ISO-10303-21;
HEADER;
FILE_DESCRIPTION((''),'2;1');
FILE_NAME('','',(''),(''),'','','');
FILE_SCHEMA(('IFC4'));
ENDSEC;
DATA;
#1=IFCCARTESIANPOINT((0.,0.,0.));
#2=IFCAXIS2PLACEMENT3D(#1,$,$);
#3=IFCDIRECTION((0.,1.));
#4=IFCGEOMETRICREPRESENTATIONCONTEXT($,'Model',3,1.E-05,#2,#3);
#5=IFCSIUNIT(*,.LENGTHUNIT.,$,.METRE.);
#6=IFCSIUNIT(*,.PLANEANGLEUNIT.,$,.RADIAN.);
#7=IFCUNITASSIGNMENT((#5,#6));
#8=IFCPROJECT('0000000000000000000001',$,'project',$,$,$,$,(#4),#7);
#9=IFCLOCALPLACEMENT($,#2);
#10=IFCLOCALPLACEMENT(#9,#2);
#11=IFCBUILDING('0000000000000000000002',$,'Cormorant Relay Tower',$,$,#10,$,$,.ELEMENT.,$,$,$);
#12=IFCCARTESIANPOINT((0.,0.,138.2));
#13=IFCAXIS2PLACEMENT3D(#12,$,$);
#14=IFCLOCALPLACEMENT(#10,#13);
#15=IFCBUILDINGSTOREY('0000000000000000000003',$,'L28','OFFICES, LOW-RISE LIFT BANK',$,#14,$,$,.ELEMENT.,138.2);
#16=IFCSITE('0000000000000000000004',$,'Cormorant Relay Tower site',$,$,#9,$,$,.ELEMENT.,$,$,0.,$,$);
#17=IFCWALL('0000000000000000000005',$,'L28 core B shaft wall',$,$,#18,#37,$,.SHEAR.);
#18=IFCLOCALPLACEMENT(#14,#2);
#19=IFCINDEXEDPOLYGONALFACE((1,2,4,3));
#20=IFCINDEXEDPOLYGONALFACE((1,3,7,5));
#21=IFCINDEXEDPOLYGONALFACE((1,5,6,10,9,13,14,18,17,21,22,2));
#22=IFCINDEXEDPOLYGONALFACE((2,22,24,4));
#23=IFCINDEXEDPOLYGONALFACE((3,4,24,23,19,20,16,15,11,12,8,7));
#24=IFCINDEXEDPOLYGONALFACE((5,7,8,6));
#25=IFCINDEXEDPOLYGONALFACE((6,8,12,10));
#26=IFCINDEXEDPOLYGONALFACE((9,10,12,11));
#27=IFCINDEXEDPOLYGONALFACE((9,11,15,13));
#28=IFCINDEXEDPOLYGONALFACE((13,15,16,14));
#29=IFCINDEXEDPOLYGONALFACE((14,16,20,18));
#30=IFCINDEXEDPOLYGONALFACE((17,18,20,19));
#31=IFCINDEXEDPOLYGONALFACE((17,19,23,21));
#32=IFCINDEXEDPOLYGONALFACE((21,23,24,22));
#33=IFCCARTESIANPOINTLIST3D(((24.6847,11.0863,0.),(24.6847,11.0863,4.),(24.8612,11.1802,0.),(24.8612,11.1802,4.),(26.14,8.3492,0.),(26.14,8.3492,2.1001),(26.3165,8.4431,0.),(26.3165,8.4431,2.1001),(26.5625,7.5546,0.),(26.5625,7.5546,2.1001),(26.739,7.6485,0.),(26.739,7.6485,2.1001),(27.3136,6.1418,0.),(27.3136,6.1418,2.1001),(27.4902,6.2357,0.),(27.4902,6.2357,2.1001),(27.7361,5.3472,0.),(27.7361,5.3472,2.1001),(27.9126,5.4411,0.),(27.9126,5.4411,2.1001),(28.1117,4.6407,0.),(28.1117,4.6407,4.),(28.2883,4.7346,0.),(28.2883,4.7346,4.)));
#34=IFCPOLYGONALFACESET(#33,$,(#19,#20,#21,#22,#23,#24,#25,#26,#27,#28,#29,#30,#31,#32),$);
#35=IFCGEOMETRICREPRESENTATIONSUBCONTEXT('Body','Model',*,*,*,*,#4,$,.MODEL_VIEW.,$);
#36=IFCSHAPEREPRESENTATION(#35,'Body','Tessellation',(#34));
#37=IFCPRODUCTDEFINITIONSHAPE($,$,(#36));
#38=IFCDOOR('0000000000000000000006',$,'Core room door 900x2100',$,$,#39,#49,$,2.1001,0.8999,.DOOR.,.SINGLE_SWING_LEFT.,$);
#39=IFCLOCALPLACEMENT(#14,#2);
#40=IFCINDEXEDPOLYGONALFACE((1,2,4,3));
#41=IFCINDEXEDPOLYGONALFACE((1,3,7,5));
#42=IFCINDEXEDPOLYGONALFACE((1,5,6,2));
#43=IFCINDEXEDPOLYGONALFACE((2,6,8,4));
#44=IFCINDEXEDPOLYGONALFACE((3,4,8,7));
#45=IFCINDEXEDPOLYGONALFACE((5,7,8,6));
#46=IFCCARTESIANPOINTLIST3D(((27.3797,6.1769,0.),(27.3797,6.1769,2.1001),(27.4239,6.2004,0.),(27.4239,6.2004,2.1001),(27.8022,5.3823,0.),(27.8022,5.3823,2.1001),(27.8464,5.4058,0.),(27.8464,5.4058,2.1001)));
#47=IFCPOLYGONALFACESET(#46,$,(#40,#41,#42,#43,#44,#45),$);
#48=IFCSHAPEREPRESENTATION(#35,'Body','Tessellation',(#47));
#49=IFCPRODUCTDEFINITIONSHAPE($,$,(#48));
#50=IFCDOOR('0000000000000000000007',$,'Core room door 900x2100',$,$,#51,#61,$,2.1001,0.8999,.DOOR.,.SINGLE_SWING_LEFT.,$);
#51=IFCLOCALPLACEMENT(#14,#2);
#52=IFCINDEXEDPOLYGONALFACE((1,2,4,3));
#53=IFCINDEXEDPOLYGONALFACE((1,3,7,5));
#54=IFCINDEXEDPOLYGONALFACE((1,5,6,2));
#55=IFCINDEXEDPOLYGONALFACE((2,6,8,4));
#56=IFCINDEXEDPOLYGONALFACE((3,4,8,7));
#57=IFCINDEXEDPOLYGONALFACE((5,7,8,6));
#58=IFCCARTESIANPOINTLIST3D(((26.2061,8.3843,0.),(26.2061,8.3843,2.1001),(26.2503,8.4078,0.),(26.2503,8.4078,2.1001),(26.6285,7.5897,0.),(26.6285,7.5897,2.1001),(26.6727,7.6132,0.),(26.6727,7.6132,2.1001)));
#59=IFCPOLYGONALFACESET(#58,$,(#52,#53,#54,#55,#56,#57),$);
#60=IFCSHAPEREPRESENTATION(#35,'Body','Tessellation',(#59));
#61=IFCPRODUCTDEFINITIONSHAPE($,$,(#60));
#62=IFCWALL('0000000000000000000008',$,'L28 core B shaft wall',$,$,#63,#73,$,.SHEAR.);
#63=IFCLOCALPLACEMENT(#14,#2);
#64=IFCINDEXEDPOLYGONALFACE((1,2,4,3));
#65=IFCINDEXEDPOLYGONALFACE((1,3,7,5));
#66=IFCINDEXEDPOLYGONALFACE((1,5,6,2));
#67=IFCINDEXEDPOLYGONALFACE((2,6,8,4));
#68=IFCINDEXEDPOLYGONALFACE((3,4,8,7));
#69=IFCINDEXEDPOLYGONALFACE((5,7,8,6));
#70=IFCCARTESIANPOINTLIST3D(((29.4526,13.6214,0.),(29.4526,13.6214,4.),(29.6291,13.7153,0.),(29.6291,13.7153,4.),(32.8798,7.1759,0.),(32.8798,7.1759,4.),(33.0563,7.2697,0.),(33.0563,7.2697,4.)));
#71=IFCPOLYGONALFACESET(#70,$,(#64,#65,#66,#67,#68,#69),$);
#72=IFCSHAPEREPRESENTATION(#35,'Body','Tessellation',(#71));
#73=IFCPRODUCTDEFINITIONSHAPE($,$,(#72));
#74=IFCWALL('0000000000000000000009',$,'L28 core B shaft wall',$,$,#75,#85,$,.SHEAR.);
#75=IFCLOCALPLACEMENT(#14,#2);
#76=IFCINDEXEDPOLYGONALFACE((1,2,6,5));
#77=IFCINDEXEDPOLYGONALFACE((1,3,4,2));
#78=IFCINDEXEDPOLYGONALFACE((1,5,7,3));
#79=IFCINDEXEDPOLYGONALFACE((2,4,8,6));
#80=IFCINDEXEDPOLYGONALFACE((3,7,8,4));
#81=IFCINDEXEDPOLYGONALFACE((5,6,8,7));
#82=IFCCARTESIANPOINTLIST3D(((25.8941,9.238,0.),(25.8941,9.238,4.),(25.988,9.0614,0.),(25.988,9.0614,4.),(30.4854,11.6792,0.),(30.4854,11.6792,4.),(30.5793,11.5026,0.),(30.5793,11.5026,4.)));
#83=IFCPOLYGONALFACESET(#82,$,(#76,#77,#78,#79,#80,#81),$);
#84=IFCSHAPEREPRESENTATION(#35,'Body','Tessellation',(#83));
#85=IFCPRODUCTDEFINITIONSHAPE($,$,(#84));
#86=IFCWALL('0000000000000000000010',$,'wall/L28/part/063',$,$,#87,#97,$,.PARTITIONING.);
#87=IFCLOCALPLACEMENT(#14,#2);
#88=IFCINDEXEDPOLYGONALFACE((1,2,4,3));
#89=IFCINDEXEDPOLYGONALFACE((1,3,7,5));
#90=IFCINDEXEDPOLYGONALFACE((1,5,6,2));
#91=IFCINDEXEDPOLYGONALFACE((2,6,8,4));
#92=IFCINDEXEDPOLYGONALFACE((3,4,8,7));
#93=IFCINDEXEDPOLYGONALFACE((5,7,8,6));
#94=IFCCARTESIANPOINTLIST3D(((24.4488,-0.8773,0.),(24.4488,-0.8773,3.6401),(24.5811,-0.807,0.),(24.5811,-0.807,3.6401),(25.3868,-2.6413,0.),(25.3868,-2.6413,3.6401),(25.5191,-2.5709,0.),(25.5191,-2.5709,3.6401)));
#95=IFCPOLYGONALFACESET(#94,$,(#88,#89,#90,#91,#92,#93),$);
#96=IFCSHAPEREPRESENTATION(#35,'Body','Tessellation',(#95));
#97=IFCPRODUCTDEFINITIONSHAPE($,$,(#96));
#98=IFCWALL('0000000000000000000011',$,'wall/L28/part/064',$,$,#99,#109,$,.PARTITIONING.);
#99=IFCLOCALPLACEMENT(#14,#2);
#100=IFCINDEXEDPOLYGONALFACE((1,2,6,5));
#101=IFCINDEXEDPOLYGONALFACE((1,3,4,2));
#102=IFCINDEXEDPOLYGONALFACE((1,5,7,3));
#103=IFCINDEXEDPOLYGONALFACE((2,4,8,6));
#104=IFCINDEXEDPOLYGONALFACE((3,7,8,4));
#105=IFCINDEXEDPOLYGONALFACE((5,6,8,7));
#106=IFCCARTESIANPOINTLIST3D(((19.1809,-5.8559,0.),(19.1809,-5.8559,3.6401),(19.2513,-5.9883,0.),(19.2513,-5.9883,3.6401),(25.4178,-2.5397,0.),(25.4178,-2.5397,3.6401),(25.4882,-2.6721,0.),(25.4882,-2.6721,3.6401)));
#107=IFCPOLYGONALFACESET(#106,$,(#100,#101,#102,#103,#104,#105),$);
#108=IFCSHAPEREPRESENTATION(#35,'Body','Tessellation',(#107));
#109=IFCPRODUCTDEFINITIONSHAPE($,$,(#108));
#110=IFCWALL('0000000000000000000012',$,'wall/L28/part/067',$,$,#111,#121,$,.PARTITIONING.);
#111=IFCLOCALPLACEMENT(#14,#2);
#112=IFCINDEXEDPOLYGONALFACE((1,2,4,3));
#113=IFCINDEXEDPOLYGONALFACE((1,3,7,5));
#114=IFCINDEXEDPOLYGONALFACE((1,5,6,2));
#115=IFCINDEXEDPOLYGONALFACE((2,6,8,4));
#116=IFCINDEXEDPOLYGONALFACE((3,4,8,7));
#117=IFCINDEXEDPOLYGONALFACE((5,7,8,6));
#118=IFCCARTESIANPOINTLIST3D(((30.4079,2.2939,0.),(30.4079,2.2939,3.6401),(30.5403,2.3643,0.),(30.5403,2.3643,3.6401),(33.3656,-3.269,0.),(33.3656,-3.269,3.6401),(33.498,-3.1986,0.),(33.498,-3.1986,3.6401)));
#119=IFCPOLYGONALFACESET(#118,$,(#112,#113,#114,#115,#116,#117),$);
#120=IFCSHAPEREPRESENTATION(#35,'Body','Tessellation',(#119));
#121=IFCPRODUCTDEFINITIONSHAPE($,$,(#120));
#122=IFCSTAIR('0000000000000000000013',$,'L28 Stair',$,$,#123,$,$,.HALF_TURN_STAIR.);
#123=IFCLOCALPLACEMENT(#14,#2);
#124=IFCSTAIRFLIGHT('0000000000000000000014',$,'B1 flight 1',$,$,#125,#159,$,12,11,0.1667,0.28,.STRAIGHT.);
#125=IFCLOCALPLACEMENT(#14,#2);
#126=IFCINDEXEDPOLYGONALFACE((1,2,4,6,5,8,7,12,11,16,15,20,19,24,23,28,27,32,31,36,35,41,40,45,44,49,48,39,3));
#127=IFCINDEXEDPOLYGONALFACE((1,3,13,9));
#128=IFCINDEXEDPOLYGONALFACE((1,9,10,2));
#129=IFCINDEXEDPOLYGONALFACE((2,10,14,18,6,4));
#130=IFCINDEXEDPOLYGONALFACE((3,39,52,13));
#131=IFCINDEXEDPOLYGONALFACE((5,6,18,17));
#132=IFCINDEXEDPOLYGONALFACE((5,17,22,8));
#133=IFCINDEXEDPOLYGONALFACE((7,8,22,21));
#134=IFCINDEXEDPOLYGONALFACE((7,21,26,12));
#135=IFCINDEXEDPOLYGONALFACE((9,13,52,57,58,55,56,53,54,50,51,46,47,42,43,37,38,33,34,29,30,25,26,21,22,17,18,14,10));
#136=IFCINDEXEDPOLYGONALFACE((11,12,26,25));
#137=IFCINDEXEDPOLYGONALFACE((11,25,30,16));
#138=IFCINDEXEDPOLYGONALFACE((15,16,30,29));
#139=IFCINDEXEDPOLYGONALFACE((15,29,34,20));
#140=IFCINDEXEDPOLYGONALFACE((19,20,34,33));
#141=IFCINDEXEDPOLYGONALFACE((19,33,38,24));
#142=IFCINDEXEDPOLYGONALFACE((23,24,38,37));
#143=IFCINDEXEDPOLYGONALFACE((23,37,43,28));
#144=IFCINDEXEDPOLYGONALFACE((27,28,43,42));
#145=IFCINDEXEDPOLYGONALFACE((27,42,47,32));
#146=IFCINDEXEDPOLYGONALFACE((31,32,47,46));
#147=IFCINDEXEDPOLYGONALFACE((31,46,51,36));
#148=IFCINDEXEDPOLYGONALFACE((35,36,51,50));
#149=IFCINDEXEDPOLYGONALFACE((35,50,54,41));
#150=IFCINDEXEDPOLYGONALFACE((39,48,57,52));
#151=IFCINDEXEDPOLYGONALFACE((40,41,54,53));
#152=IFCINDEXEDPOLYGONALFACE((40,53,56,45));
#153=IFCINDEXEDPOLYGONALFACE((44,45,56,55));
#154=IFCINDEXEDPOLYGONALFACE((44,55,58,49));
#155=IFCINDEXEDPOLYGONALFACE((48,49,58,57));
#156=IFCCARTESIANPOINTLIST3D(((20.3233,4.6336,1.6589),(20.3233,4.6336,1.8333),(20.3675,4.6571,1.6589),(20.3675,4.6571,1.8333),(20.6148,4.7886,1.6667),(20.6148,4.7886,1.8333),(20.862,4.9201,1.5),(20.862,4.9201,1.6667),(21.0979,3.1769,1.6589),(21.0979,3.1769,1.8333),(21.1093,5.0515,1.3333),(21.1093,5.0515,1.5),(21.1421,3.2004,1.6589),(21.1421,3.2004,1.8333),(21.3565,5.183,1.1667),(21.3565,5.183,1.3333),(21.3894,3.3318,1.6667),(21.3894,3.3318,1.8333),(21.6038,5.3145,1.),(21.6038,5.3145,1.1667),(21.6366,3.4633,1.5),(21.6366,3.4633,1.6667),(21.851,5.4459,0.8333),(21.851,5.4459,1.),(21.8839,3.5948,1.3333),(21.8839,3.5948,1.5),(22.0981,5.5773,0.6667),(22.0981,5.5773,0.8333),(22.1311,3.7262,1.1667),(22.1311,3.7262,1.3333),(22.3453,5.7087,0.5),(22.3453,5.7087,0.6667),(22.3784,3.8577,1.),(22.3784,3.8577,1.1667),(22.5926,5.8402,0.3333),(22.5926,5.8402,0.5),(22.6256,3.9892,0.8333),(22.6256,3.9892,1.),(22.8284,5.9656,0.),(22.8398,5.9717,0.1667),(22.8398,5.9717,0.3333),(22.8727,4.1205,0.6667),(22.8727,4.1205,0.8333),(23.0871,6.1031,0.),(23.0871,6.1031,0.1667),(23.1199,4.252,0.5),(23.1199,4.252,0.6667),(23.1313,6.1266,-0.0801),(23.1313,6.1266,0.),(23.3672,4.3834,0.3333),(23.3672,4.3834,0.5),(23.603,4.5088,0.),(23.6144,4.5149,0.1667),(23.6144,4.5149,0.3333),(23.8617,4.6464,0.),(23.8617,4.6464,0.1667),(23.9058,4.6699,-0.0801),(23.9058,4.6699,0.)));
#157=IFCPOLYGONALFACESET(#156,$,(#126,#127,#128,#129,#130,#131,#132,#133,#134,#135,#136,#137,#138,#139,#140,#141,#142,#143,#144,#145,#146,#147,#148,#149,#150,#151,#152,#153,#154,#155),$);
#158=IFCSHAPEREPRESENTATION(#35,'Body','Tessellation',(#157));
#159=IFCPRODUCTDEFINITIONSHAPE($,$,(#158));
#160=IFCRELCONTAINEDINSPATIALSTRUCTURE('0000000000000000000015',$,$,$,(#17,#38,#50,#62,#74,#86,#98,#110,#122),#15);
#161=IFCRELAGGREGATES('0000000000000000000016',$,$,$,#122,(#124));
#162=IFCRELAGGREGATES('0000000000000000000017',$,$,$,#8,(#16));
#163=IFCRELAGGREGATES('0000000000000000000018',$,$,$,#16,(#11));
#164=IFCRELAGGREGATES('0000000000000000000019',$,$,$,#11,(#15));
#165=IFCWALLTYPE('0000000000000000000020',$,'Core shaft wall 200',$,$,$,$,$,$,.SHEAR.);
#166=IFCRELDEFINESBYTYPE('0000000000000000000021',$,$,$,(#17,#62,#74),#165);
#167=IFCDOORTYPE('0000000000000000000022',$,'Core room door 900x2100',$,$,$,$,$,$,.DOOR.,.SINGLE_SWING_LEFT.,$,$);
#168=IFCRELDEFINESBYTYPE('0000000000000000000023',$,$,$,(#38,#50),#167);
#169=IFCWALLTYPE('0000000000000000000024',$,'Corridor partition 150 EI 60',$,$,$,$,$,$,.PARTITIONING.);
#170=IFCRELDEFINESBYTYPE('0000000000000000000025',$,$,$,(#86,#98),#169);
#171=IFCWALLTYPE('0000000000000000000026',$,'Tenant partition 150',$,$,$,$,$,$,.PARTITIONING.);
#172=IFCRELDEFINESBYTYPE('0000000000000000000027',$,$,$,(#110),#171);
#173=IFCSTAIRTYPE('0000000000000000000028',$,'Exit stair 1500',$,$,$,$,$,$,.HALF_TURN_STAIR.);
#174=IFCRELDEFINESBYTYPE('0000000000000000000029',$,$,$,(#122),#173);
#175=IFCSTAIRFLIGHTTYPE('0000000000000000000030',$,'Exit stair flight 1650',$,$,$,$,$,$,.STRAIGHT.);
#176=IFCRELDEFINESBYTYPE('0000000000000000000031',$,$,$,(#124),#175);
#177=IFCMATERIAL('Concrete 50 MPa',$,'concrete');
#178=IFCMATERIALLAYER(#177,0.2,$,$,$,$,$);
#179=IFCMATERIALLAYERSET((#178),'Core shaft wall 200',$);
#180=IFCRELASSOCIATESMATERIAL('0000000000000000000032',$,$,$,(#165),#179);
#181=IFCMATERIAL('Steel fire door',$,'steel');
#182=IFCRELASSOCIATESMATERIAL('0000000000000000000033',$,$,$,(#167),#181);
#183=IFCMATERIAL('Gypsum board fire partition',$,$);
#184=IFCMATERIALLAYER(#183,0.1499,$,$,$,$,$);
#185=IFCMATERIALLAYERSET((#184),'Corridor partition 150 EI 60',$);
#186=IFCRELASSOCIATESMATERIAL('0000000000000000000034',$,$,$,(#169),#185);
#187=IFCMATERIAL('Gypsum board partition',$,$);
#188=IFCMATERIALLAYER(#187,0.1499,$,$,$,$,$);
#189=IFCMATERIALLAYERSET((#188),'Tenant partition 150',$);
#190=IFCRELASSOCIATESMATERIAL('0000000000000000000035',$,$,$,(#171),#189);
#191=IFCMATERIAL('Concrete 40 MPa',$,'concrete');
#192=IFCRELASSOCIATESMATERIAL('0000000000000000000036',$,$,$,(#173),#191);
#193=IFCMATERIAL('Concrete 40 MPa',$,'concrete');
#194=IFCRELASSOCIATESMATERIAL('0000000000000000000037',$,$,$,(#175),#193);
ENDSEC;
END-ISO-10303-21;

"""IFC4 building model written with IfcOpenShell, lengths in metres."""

from ifc_helpers import new_model, si_unit, direction, frame, frame_2d, origin, place, context, subcontext, project, spatial, polyline, rectangle, outline, extrude, material, layer, layer_set, type_object, element, fill, aggregate, save


model = new_model("IFC4")

# Units and contexts
model_context = context("Model", 3, precision=1e-05, world=origin(), true_north=direction((0.0, 1.0)))
body_context = subcontext(model_context, "Body", "Model", "MODEL_VIEW")
ifc_project = project(units=[si_unit("LENGTHUNIT", "METRE"), si_unit("PLANEANGLEUNIT", "RADIAN")], contexts=[model_context])

# Site, building, storey
site_placement = place(None, origin())
site = spatial("IfcSite", under=ifc_project, at=site_placement, Name="Cormorant Relay Tower site", CompositionType="ELEMENT", RefElevation=0.0)
building_placement = place(site_placement, origin())
building = spatial("IfcBuilding", under=site, at=building_placement, Name="Cormorant Relay Tower", CompositionType="ELEMENT")
storey_placement = place(building_placement, frame((0.0, 0.0, 138.2)))
storey = spatial("IfcBuildingStorey", under=building, at=storey_placement, Name="L28", Description="OFFICES, LOW-RISE LIFT BANK", CompositionType="ELEMENT", Elevation=138.2)

# Shared definitions
ifc_material_1 = material(Name="Concrete 50 MPa", Category="concrete")
ifc_layer_1 = layer(ifc_material_1, 0.2)
ifc_layer_set_1 = layer_set([ifc_layer_1], Name="Core shaft wall 200")
wall_type_1 = type_object("IfcWallType", Name="Core shaft wall 200", PredefinedType="SHEAR", material=ifc_layer_set_1)

# Wall, openings, doors
wall_1_placement = place(storey_placement, frame((28.2, 4.6877, 0.0), z_axis=(0.0, 0.0, 1.0), x_axis=(-0.469454, 0.882957, 0.0)))
wall_1 = element("IfcWall", 1, at=wall_1_placement, inside=storey, type_object=wall_type_1, Name="L28 core B shaft wall", PredefinedType="SHEAR", context=body_context, shape_type="SweptSolid", body=[
    extrude(rectangle(XDim=7.3, YDim=0.2, at=frame_2d((3.6499, 0.0))), origin(), (0.0, 0.0, 1.0), 4.0),
])
opening_1_placement = place(wall_1_placement, frame((0.8, 0.0, 0.0)))
opening_1 = element("IfcOpeningElement", 2, at=opening_1_placement, cuts=wall_1, PredefinedType="OPENING", context=body_context, shape_type="SweptSolid", body=[
    extrude(rectangle(XDim=0.8999, YDim=2.1001, at=frame_2d((0.45, 1.05))), frame((0.0, 0.1099, 0.0), z_axis=(0.0, -1.0, 0.0), x_axis=(1.0, 0.0, 0.0)), (0.0, 0.0, 1.0), 0.22),
])
opening_2_placement = place(wall_1_placement, frame((3.3, 0.0, 0.0)))
opening_2 = element("IfcOpeningElement", 3, at=opening_2_placement, cuts=wall_1, PredefinedType="OPENING", context=body_context, shape_type="SweptSolid", body=[
    extrude(rectangle(XDim=0.8999, YDim=2.1001, at=frame_2d((0.45, 1.05))), frame((0.0, 0.1099, 0.0), z_axis=(0.0, -1.0, 0.0), x_axis=(1.0, 0.0, 0.0)), (0.0, 0.0, 1.0), 0.22),
])
ifc_material_2 = material(Name="Steel fire door", Category="steel")
door_type_1 = type_object("IfcDoorType", Name="Core room door 900x2100", OperationType="SINGLE_SWING_LEFT", PredefinedType="DOOR", material=ifc_material_2)
door_1_placement = place(opening_1_placement, frame((0.8999, 0.0, 0.0), z_axis=(0.0, 0.0, 1.0), x_axis=(-1.0, 0.0, 0.0)))
door_1 = element("IfcDoor", 4, at=door_1_placement, inside=storey, type_object=door_type_1, Name="Core room door 900x2100", OperationType="SINGLE_SWING_LEFT", OverallHeight=2.1001, OverallWidth=0.8999, PredefinedType="DOOR", context=body_context, shape_type="SweptSolid", body=[
    extrude(rectangle(XDim=0.8999, YDim=2.1001, at=frame_2d((0.45, 1.05))), frame((0.0, 0.0249, 0.0), z_axis=(0.0, -1.0, 0.0), x_axis=(1.0, 0.0, 0.0)), (0.0, 0.0, 1.0), 0.05),
])
fill(opening_1, door_1)
door_2_placement = place(opening_2_placement, frame((0.8999, 0.0, 0.0), z_axis=(0.0, 0.0, 1.0), x_axis=(-1.0, 0.0, 0.0)))
door_2 = element("IfcDoor", 5, at=door_2_placement, inside=storey, type_object=door_type_1, Name="Core room door 900x2100", OperationType="SINGLE_SWING_LEFT", OverallHeight=2.1001, OverallWidth=0.8999, PredefinedType="DOOR", context=body_context, shape_type="SweptSolid", body=[
    extrude(rectangle(XDim=0.8999, YDim=2.1001, at=frame_2d((0.45, 1.05))), frame((0.0, 0.0249, 0.0), z_axis=(0.0, -1.0, 0.0), x_axis=(1.0, 0.0, 0.0)), (0.0, 0.0, 1.0), 0.05),
])
fill(opening_2, door_2)

# Wall
wall_2_placement = place(storey_placement, frame((32.968, 7.2229, 0.0), z_axis=(0.0, 0.0, 1.0), x_axis=(-0.46948, 0.882943, 0.0)))
element("IfcWall", 6, at=wall_2_placement, inside=storey, type_object=wall_type_1, Name="L28 core B shaft wall", PredefinedType="SHEAR", context=body_context, shape_type="SweptSolid", body=[
    extrude(rectangle(XDim=7.3, YDim=0.2, at=frame_2d((3.6499, 0.0))), origin(), (0.0, 0.0, 1.0), 4.0),
])

# Walls
wall_3_placement = place(storey_placement, frame((25.9409, 9.1497, 0.0), z_axis=(0.0, 0.0, 1.0), x_axis=(0.882954, 0.46946, 0.0)))
element("IfcWall", 7, at=wall_3_placement, inside=storey, type_object=wall_type_1, Name="L28 core B shaft wall", PredefinedType="SHEAR", context=body_context, shape_type="SweptSolid", body=[
    extrude(rectangle(XDim=5.2, YDim=0.2, at=frame_2d((2.6001, 0.0))), origin(), (0.0, 0.0, 1.0), 4.0),
])
ifc_material_3 = material(Name="Gypsum board fire partition")
ifc_layer_2 = layer(ifc_material_3, 0.1499)
ifc_layer_set_2 = layer_set([ifc_layer_2], Name="Corridor partition 150 EI 60")
wall_type_2 = type_object("IfcWallType", Name="Corridor partition 150 EI 60", PredefinedType="PARTITIONING", material=ifc_layer_set_2)
wall_4_placement = place(storey_placement, frame((24.5149, -0.842, 0.0), z_axis=(0.0, 0.0, 1.0), x_axis=(0.46951, -0.882927, 0.0)))
element("IfcWall", 8, at=wall_4_placement, inside=storey, type_object=wall_type_2, Name="wall/L28/part/063", PredefinedType="PARTITIONING", context=body_context, shape_type="SweptSolid", body=[
    extrude(rectangle(XDim=1.9978, YDim=0.1499, at=frame_2d((0.999, 0.0))), origin(), (0.0, 0.0, 1.0), 3.6401),
])
wall_5_placement = place(storey_placement, frame((25.4529, -2.606, 0.0), z_axis=(0.0, 0.0, 1.0), x_axis=(-0.882948, -0.46947, 0.0)))
element("IfcWall", 9, at=wall_5_placement, inside=storey, type_object=wall_type_2, Name="wall/L28/part/064", PredefinedType="PARTITIONING", context=body_context, shape_type="SweptSolid", body=[
    extrude(rectangle(XDim=7.0637, YDim=0.1499, at=frame_2d((3.5317, 0.0))), origin(), (0.0, 0.0, 1.0), 3.6401),
])
ifc_material_4 = material(Name="Gypsum board partition")
ifc_layer_3 = layer(ifc_material_4, 0.1499)
ifc_layer_set_3 = layer_set([ifc_layer_3], Name="Tenant partition 150")
wall_type_3 = type_object("IfcWallType", Name="Tenant partition 150", PredefinedType="PARTITIONING", material=ifc_layer_set_3)
wall_6_placement = place(storey_placement, frame((30.4741, 2.3291, 0.0), z_axis=(0.0, 0.0, 1.0), x_axis=(0.469456, -0.882956, 0.0)))
element("IfcWall", 10, at=wall_6_placement, inside=storey, type_object=wall_type_3, Name="wall/L28/part/067", PredefinedType="PARTITIONING", context=body_context, shape_type="SweptSolid", body=[
    extrude(rectangle(XDim=6.3003, YDim=0.1499, at=frame_2d((3.1501, 0.0))), origin(), (0.0, 0.0, 1.0), 3.6401),
])

# Stair, stair flight
ifc_material_5 = material(Name="Concrete 40 MPa", Category="concrete")
stair_type = type_object("IfcStairType", Name="Exit stair 1500", PredefinedType="HALF_TURN_STAIR", material=ifc_material_5)
stair_placement = place(storey_placement, origin())
stair = element("IfcStair", 11, at=stair_placement, inside=storey, type_object=stair_type, Name="L28 Stair", PredefinedType="HALF_TURN_STAIR")
ifc_material_6 = material(Name="Concrete 40 MPa", Category="concrete")
stair_flight_type = type_object("IfcStairFlightType", Name="Exit stair flight 1650", PredefinedType="STRAIGHT", material=ifc_material_6)
stair_flight_1_placement = place(storey_placement, frame((23.4744, 5.3748, 0.0), z_axis=(0.0, 0.0, 1.0), x_axis=(-0.882948, -0.469472, 0.0)))
stair_flight_1 = element("IfcStairFlight", 12, at=stair_flight_1_placement, type_object=stair_flight_type, Name="B1 flight 1", NumberOfRisers=12, NumberOfTreads=11, PredefinedType="STRAIGHT", RiserHeight=0.1667, TreadLength=0.28, context=body_context, shape_type="SweptSolid", body=[
    extrude(outline(polyline([(-0.05, -0.0801), (-0.05, 0.0), (0.0, 0.0), (0.0, 0.1667), (0.28, 0.1667), (0.28, 0.3333), (0.5601, 0.3333), (0.5601, 0.5), (0.8401, 0.5), (0.8401, 0.6667), (1.1201, 0.6667), (1.1201, 0.8333), (1.3999, 0.8333), (1.3999, 1.0), (1.6799, 1.0), (1.6799, 1.1667), (1.96, 1.1667), (1.96, 1.3333), (2.24, 1.3333), (2.24, 1.5), (2.52, 1.5), (2.52, 1.6667), (2.8, 1.6667), (2.8, 1.8333), (3.0801, 1.8333), (3.1301, 1.8333), (3.1301, 1.6589), (3.0801, 1.6589), (0.293, 0.0), (-0.05, -0.0801)])), frame((0.0, 0.825, 0.0), z_axis=(0.0, -1.0, 0.0), x_axis=(1.0, 0.0, 0.0)), (0.0, 0.0, 1.0), 1.6499),
])
aggregate(stair, [stair_flight_1])

save(model, "model.ifc")
